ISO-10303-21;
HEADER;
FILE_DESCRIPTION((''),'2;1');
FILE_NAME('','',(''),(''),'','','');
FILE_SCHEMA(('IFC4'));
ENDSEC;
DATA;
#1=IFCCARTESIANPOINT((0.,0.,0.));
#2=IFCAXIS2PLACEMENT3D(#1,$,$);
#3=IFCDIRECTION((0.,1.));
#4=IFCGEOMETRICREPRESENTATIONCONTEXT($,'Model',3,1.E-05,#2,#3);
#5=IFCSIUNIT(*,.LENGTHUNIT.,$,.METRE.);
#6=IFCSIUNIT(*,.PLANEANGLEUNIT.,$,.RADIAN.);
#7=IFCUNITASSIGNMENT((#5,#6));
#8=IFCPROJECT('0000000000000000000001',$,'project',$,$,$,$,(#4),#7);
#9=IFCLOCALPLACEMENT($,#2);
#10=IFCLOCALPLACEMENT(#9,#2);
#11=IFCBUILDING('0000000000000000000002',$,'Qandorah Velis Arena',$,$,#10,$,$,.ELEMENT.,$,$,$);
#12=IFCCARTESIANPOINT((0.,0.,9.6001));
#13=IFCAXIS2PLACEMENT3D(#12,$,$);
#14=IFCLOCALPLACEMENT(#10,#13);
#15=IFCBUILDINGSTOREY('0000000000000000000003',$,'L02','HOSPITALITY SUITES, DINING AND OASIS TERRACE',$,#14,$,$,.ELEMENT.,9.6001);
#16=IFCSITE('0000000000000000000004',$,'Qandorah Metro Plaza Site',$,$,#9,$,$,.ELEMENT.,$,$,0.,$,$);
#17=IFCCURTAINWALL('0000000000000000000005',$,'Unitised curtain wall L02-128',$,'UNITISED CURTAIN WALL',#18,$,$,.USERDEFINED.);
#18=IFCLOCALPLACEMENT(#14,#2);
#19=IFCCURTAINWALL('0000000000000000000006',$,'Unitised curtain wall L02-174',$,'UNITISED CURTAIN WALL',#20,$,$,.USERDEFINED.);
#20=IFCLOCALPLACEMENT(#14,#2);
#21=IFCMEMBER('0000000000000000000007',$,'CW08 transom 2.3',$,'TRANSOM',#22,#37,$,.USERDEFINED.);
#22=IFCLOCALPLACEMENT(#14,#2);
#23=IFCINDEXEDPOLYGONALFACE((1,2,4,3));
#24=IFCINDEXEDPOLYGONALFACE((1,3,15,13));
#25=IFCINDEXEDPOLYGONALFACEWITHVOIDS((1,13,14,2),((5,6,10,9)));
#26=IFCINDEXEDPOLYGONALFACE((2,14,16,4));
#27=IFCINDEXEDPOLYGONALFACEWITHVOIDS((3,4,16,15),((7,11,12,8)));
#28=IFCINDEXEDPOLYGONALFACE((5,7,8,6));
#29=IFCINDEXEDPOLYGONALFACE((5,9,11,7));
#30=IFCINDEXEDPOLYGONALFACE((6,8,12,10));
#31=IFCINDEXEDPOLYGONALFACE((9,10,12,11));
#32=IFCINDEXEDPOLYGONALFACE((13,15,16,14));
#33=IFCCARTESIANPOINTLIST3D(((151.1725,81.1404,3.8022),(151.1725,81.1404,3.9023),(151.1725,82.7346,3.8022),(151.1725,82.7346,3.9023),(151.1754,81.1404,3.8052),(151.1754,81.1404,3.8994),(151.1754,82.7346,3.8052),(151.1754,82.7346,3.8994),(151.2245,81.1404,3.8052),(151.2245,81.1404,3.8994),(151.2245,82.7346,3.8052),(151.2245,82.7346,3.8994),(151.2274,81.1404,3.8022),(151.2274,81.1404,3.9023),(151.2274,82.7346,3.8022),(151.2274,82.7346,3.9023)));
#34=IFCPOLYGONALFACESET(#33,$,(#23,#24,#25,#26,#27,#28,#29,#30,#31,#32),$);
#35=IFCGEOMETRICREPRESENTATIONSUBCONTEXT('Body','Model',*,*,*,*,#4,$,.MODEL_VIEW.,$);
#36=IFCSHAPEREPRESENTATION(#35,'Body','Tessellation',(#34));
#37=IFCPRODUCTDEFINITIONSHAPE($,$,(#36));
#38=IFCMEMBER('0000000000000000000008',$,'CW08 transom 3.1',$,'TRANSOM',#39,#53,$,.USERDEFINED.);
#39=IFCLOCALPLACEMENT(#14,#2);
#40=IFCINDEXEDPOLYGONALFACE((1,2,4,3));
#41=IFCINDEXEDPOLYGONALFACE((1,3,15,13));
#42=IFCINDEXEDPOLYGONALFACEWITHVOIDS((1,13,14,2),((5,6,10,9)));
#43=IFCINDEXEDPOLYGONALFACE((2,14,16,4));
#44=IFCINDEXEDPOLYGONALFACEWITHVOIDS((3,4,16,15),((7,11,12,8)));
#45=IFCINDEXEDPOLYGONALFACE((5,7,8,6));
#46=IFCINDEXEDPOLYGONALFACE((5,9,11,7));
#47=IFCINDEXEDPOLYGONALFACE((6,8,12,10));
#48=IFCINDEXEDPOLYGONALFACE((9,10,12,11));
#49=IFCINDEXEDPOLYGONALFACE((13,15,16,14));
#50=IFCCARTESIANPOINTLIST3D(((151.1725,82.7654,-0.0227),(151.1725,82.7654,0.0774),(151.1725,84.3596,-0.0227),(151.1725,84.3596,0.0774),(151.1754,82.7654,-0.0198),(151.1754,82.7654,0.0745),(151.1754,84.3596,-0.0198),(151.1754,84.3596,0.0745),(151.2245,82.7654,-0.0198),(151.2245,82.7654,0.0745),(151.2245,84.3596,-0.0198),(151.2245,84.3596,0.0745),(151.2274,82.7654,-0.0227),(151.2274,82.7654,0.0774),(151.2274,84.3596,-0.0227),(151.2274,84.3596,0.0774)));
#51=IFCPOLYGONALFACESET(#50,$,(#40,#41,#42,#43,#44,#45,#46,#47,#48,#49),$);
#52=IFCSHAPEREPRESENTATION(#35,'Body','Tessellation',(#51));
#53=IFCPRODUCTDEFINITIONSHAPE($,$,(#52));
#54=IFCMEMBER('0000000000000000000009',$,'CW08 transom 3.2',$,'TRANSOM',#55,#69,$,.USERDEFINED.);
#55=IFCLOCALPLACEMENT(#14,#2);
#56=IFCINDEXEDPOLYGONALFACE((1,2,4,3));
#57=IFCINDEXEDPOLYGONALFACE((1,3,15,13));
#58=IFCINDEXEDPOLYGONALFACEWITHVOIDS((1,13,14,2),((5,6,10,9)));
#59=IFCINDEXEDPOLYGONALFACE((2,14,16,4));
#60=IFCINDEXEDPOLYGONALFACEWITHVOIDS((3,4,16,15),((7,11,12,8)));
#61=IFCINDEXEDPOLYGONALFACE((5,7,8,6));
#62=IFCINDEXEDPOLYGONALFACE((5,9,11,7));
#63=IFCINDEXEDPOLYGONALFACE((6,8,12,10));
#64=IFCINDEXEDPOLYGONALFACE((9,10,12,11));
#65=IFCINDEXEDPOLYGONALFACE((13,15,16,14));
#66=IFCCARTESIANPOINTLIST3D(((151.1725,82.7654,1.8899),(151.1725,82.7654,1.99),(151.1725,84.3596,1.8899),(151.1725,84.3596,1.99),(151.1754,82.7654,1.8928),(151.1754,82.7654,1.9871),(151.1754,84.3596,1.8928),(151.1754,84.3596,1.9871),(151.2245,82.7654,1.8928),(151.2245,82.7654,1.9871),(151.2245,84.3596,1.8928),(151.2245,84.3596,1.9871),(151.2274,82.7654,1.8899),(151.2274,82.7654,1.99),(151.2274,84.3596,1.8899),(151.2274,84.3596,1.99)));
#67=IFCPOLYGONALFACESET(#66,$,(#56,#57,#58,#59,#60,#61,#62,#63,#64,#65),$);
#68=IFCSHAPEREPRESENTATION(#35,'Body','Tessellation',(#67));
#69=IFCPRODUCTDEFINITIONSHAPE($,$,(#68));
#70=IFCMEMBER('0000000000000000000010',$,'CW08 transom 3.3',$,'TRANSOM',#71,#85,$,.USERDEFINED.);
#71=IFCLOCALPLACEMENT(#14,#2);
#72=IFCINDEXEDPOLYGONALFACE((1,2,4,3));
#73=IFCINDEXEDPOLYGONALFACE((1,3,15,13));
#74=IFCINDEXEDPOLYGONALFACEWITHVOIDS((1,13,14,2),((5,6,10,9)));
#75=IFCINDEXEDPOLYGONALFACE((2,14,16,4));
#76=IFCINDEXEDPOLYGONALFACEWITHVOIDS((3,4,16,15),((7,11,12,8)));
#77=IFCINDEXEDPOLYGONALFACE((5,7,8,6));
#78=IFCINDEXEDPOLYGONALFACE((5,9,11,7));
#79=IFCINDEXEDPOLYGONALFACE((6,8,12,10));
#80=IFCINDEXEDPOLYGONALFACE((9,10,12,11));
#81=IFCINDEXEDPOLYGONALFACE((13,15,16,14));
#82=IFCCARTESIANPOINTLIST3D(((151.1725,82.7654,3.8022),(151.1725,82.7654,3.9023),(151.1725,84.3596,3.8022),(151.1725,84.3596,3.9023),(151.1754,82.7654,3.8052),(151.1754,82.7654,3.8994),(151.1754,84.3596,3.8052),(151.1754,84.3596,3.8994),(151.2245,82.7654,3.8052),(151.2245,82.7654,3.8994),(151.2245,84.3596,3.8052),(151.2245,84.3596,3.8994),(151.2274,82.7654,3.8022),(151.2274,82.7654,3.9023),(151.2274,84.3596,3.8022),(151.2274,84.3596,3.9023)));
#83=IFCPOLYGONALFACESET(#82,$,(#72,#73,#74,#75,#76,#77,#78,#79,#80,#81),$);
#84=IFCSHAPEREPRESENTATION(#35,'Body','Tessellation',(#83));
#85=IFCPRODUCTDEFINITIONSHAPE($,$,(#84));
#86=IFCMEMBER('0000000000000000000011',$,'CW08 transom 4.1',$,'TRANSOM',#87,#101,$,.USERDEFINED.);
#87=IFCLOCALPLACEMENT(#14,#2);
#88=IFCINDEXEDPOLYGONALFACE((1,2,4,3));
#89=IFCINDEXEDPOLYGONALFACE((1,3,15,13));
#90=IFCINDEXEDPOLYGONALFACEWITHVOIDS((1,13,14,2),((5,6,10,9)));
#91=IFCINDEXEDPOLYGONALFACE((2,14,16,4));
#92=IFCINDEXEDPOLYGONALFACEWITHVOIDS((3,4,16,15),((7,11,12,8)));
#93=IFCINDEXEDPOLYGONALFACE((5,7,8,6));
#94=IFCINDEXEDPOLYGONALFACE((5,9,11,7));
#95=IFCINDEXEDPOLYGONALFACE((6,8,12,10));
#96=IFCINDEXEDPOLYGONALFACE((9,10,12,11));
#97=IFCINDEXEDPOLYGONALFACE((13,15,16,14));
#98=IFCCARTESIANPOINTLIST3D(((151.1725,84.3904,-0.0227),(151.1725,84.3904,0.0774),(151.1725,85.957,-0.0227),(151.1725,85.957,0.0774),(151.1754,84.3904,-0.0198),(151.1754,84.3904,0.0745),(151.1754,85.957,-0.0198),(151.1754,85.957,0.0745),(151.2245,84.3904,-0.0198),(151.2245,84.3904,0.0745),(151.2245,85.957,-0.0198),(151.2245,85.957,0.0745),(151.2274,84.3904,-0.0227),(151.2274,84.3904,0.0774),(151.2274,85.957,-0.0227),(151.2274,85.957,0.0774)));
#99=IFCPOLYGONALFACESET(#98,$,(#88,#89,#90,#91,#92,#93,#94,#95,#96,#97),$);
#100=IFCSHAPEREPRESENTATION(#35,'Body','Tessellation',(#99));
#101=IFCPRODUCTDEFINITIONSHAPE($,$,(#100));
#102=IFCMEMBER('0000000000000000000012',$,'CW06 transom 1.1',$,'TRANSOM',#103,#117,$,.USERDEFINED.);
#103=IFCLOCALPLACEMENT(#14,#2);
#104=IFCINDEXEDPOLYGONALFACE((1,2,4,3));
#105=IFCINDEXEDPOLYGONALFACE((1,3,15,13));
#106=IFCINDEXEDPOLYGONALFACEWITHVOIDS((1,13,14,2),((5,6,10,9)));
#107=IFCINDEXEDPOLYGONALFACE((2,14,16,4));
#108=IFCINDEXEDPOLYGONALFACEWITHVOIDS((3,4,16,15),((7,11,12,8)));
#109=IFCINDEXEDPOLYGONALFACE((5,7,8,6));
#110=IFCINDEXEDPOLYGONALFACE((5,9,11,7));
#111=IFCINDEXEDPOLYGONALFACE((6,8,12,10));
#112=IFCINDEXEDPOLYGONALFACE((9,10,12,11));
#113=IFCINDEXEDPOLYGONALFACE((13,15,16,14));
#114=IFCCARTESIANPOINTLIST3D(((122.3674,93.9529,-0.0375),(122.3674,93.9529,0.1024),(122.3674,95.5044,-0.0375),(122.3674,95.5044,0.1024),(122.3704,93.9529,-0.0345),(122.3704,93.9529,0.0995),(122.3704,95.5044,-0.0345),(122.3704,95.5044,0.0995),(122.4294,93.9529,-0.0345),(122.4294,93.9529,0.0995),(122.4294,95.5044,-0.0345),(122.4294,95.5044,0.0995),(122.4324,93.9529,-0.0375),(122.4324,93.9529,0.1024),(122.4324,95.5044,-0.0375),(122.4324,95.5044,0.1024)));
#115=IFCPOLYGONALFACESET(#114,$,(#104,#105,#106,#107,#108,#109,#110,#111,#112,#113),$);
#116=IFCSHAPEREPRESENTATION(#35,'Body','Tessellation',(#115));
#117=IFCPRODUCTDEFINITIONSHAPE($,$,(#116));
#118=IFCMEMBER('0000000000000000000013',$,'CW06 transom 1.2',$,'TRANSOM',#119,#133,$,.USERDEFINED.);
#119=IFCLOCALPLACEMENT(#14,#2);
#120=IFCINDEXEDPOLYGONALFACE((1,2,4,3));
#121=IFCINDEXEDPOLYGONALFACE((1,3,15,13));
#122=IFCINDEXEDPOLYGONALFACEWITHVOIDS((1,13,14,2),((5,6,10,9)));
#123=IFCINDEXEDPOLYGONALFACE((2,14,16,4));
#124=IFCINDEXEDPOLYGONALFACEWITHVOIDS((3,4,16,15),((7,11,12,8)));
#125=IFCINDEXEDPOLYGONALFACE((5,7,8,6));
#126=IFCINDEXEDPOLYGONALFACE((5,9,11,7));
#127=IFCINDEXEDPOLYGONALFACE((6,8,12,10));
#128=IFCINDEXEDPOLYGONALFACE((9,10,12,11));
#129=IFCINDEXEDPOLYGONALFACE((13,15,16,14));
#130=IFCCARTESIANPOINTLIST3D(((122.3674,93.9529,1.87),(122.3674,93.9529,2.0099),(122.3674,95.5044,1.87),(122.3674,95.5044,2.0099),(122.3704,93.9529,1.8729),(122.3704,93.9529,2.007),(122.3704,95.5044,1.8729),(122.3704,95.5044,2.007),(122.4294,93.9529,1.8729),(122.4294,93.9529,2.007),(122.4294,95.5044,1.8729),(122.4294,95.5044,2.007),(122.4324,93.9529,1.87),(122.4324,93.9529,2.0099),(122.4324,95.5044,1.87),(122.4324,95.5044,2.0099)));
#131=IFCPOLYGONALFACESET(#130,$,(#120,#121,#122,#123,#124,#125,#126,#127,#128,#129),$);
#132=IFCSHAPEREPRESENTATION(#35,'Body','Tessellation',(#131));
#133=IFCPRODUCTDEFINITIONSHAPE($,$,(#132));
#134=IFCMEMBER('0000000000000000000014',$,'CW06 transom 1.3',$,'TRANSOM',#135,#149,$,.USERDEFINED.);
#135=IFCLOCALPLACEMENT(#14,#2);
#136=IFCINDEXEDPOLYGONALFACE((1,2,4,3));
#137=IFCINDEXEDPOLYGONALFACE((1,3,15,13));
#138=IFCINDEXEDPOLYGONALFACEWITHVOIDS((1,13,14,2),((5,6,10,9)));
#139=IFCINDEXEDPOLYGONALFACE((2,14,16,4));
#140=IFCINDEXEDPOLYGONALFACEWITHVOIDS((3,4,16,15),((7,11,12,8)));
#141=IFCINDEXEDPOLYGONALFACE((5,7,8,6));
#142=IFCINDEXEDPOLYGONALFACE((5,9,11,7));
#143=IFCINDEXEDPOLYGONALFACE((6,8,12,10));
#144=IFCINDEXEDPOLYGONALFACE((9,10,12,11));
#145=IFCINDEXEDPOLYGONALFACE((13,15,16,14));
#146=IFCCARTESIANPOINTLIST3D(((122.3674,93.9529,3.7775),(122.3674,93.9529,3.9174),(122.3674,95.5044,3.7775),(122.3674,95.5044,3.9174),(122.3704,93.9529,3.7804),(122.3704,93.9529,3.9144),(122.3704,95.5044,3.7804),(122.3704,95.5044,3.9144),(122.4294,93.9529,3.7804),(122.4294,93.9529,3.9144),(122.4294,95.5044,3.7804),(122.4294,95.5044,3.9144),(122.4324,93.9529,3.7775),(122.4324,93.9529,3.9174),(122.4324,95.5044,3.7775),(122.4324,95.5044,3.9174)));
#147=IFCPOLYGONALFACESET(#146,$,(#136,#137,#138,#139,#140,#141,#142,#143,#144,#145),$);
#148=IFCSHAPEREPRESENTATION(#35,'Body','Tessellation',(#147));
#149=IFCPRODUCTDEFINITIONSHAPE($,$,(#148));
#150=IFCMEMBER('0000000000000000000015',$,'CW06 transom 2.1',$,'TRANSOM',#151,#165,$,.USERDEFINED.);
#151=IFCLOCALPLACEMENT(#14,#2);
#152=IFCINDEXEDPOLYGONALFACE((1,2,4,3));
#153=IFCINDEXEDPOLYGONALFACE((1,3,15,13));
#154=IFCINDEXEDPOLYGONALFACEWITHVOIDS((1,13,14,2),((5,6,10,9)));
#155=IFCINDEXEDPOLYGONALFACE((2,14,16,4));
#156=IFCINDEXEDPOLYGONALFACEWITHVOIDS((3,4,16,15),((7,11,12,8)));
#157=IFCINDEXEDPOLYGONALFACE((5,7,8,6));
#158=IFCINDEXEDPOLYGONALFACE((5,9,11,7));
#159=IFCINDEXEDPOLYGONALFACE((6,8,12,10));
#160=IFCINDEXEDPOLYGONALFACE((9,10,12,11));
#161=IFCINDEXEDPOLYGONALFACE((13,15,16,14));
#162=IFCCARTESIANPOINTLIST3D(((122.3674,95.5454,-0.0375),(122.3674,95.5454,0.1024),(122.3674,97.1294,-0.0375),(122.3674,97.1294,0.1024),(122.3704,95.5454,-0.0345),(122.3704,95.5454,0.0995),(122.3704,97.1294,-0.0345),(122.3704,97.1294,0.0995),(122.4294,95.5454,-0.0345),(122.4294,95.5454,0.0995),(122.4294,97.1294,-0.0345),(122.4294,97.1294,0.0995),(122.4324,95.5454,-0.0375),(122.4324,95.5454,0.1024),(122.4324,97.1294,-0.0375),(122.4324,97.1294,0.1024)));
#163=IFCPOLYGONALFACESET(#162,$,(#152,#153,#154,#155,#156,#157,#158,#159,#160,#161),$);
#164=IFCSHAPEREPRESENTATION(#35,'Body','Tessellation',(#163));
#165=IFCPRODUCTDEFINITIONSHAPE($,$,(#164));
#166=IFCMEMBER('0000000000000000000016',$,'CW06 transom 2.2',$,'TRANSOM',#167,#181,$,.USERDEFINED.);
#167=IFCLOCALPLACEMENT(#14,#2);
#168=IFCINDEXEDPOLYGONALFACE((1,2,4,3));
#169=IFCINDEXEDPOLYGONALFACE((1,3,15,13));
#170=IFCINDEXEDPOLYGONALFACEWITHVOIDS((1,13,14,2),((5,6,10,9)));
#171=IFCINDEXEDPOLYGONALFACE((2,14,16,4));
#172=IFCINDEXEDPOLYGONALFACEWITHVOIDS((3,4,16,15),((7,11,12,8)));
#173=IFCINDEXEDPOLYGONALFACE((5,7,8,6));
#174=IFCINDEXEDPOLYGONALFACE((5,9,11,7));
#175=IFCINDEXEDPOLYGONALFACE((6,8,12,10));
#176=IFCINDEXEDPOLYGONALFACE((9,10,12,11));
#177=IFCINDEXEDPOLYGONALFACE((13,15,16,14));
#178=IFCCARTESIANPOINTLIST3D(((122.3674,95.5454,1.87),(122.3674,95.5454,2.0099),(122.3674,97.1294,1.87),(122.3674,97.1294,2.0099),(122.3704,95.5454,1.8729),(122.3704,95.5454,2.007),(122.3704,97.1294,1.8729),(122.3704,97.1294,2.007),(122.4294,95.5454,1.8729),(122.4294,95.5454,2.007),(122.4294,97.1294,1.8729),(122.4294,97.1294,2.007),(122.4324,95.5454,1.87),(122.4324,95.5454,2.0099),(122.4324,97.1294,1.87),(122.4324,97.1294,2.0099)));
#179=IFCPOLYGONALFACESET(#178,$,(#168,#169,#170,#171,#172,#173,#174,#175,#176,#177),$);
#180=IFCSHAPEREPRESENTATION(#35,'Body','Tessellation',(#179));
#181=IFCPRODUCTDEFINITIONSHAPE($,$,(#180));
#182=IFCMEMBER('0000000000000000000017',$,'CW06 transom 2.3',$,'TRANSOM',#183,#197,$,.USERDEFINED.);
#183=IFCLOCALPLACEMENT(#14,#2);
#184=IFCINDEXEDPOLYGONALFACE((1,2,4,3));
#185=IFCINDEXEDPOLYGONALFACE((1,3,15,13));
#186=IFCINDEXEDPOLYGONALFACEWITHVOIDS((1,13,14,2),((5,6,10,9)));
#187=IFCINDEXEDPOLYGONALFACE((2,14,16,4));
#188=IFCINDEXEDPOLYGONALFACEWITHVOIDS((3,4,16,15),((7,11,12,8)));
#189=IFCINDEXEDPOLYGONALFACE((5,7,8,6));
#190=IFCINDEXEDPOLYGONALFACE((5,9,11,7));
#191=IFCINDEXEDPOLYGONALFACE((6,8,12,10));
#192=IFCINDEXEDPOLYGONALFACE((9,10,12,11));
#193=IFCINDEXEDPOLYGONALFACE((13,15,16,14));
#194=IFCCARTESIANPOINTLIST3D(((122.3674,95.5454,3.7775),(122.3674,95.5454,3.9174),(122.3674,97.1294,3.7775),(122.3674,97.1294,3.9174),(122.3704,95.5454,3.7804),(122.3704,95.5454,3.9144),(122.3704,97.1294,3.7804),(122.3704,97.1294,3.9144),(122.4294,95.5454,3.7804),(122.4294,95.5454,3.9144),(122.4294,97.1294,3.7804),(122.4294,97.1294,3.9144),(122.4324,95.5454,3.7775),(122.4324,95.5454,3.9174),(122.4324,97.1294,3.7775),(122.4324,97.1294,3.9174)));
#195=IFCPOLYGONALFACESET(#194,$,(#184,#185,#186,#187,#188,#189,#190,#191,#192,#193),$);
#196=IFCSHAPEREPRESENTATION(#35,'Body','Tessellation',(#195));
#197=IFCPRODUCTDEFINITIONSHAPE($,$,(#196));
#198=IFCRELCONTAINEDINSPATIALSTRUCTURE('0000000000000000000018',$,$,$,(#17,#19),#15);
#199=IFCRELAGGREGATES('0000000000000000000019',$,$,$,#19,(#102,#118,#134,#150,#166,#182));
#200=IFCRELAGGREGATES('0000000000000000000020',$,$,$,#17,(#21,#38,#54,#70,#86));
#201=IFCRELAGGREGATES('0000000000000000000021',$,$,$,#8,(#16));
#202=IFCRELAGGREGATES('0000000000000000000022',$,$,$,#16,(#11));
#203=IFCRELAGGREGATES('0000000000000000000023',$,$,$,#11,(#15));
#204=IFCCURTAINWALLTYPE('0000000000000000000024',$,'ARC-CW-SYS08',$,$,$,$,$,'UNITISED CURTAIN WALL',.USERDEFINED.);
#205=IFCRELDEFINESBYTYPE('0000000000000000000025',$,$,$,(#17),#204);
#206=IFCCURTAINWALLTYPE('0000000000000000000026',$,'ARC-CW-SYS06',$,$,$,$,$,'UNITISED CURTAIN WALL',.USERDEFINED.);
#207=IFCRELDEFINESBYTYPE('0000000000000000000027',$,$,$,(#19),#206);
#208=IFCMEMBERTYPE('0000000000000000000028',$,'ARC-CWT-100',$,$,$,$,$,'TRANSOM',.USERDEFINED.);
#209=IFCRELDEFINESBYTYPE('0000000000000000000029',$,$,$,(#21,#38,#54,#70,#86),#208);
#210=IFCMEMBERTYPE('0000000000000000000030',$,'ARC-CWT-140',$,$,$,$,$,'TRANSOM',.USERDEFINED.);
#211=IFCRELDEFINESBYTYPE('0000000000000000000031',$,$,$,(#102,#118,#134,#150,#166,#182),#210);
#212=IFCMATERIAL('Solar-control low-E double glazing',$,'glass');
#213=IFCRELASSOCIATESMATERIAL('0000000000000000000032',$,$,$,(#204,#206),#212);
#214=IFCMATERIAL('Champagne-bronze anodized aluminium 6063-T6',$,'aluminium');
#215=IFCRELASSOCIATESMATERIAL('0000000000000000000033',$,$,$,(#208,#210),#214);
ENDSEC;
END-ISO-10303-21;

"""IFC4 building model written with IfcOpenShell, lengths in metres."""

from ifc_helpers import new_model, si_unit, direction, frame, origin, origin_2d, place, context, subcontext, project, spatial, hollow_rectangle, extrude, material, material_profile, profile_set, type_object, element, aggregate, save


model = new_model("IFC4")

# Units and contexts
model_context = context("Model", 3, precision=1e-05, world=origin(), true_north=direction((0.0, 1.0)))
body_context = subcontext(model_context, "Body", "Model", "MODEL_VIEW")
ifc_project = project(units=[si_unit("LENGTHUNIT", "METRE"), si_unit("PLANEANGLEUNIT", "RADIAN")], contexts=[model_context])

# Site, building, storey
site_placement = place(None, origin())
site = spatial("IfcSite", under=ifc_project, at=site_placement, Name="Qandorah Metro Plaza Site", CompositionType="ELEMENT", RefElevation=0.0)
building_placement = place(site_placement, origin())
building = spatial("IfcBuilding", under=site, at=building_placement, Name="Qandorah Velis Arena", CompositionType="ELEMENT")
storey_placement = place(building_placement, frame((0.0, 0.0, 9.6001)))
storey = spatial("IfcBuildingStorey", under=building, at=storey_placement, Name="L02", Description="HOSPITALITY SUITES, DINING AND OASIS TERRACE", CompositionType="ELEMENT", Elevation=9.6001)

# Curtain walls
ifc_material_1 = material(Name="Solar-control low-E double glazing", Category="glass")
curtain_wall_type_1 = type_object("IfcCurtainWallType", Name="ARC-CW-SYS08", ElementType="UNITISED CURTAIN WALL", PredefinedType="USERDEFINED", material=ifc_material_1)
curtain_wall_1_placement = place(storey_placement, origin())
curtain_wall_1 = element("IfcCurtainWall", 1, at=curtain_wall_1_placement, inside=storey, type_object=curtain_wall_type_1, Name="Unitised curtain wall L02-128", ObjectType="UNITISED CURTAIN WALL", PredefinedType="USERDEFINED")
ifc_material_2 = material(Name="Champagne-bronze anodized aluminium 6063-T6", Category="aluminium")
curtain_wall_type_2 = type_object("IfcCurtainWallType", Name="ARC-CW-SYS06", ElementType="UNITISED CURTAIN WALL", PredefinedType="USERDEFINED", material=ifc_material_1)
curtain_wall_2_placement = place(storey_placement, origin())
curtain_wall_2 = element("IfcCurtainWall", 2, at=curtain_wall_2_placement, inside=storey, type_object=curtain_wall_type_2, Name="Unitised curtain wall L02-174", ObjectType="UNITISED CURTAIN WALL", PredefinedType="USERDEFINED")

# Members
ifc_material_profile_1 = material_profile(ifc_material_2, hollow_rectangle(XDim=0.0549, YDim=0.1001, WallThickness=0.0029, at=origin_2d()), Name="ALU TRANSOM 55x100")
ifc_profile_set_1 = profile_set([ifc_material_profile_1], Name="Champagne-bronze anodized aluminium 6063-T6")
member_type_1 = type_object("IfcMemberType", Name="ARC-CWT-100", ElementType="TRANSOM", PredefinedType="USERDEFINED", material=ifc_profile_set_1)
member_1_placement = place(storey_placement, frame((151.2, 81.1404, 3.8523), z_axis=(0.0, 1.0, 0.0), x_axis=(-1.0, 0.0, 0.0)))
member_1 = element("IfcMember", 3, at=member_1_placement, type_object=member_type_1, Name="CW08 transom 2.3", ObjectType="TRANSOM", PredefinedType="USERDEFINED", context=body_context, shape_type="SweptSolid", body=[
    extrude(hollow_rectangle(XDim=0.0549, YDim=0.1001, WallThickness=0.0029, at=origin_2d()), origin(), (0.0, 0.0, 1.0), 1.5942),
])
member_2_placement = place(storey_placement, frame((151.2, 82.7654, 0.0273), z_axis=(0.0, 1.0, 0.0), x_axis=(-1.0, 0.0, 0.0)))
member_2 = element("IfcMember", 4, at=member_2_placement, type_object=member_type_1, Name="CW08 transom 3.1", ObjectType="TRANSOM", PredefinedType="USERDEFINED", context=body_context, shape_type="SweptSolid", body=[
    extrude(hollow_rectangle(XDim=0.0549, YDim=0.1001, WallThickness=0.0029, at=origin_2d()), origin(), (0.0, 0.0, 1.0), 1.5942),
])
member_3_placement = place(storey_placement, frame((151.2, 82.7654, 1.9399), z_axis=(0.0, 1.0, 0.0), x_axis=(-1.0, 0.0, 0.0)))
member_3 = element("IfcMember", 5, at=member_3_placement, type_object=member_type_1, Name="CW08 transom 3.2", ObjectType="TRANSOM", PredefinedType="USERDEFINED", context=body_context, shape_type="SweptSolid", body=[
    extrude(hollow_rectangle(XDim=0.0549, YDim=0.1001, WallThickness=0.0029, at=origin_2d()), origin(), (0.0, 0.0, 1.0), 1.5942),
])
member_4_placement = place(storey_placement, frame((151.2, 82.7654, 3.8523), z_axis=(0.0, 1.0, 0.0), x_axis=(-1.0, 0.0, 0.0)))
member_4 = element("IfcMember", 6, at=member_4_placement, type_object=member_type_1, Name="CW08 transom 3.3", ObjectType="TRANSOM", PredefinedType="USERDEFINED", context=body_context, shape_type="SweptSolid", body=[
    extrude(hollow_rectangle(XDim=0.0549, YDim=0.1001, WallThickness=0.0029, at=origin_2d()), origin(), (0.0, 0.0, 1.0), 1.5942),
])
member_5_placement = place(storey_placement, frame((151.2, 84.3904, 0.0273), z_axis=(0.0, 1.0, 0.0), x_axis=(-1.0, 0.0, 0.0)))
member_5 = element("IfcMember", 7, at=member_5_placement, type_object=member_type_1, Name="CW08 transom 4.1", ObjectType="TRANSOM", PredefinedType="USERDEFINED", context=body_context, shape_type="SweptSolid", body=[
    extrude(hollow_rectangle(XDim=0.0549, YDim=0.1001, WallThickness=0.0029, at=origin_2d()), origin(), (0.0, 0.0, 1.0), 1.5667),
])
ifc_material_profile_2 = material_profile(ifc_material_2, hollow_rectangle(XDim=0.0649, YDim=0.1399, WallThickness=0.0029, at=origin_2d()), Name="ALU TRANSOM 65x140")
ifc_profile_set_2 = profile_set([ifc_material_profile_2], Name="Champagne-bronze anodized aluminium 6063-T6")
member_type_2 = type_object("IfcMemberType", Name="ARC-CWT-140", ElementType="TRANSOM", PredefinedType="USERDEFINED", material=ifc_profile_set_2)
member_6_placement = place(storey_placement, frame((122.3999, 93.9529, 0.0325), z_axis=(0.0, 1.0, 0.0), x_axis=(-1.0, 0.0, 0.0)))
member_6 = element("IfcMember", 8, at=member_6_placement, type_object=member_type_2, Name="CW06 transom 1.1", ObjectType="TRANSOM", PredefinedType="USERDEFINED", context=body_context, shape_type="SweptSolid", body=[
    extrude(hollow_rectangle(XDim=0.0649, YDim=0.1399, WallThickness=0.0029, at=origin_2d()), origin(), (0.0, 0.0, 1.0), 1.5515),
])
member_7_placement = place(storey_placement, frame((122.3999, 93.9529, 1.9399), z_axis=(0.0, 1.0, 0.0), x_axis=(-1.0, 0.0, 0.0)))
member_7 = element("IfcMember", 9, at=member_7_placement, type_object=member_type_2, Name="CW06 transom 1.2", ObjectType="TRANSOM", PredefinedType="USERDEFINED", context=body_context, shape_type="SweptSolid", body=[
    extrude(hollow_rectangle(XDim=0.0649, YDim=0.1399, WallThickness=0.0029, at=origin_2d()), origin(), (0.0, 0.0, 1.0), 1.5515),
])
member_8_placement = place(storey_placement, frame((122.3999, 93.9529, 3.8474), z_axis=(0.0, 1.0, 0.0), x_axis=(-1.0, 0.0, 0.0)))
member_8 = element("IfcMember", 10, at=member_8_placement, type_object=member_type_2, Name="CW06 transom 1.3", ObjectType="TRANSOM", PredefinedType="USERDEFINED", context=body_context, shape_type="SweptSolid", body=[
    extrude(hollow_rectangle(XDim=0.0649, YDim=0.1399, WallThickness=0.0029, at=origin_2d()), origin(), (0.0, 0.0, 1.0), 1.5515),
])
member_9_placement = place(storey_placement, frame((122.3999, 95.5454, 0.0325), z_axis=(0.0, 1.0, 0.0), x_axis=(-1.0, 0.0, 0.0)))
member_9 = element("IfcMember", 11, at=member_9_placement, type_object=member_type_2, Name="CW06 transom 2.1", ObjectType="TRANSOM", PredefinedType="USERDEFINED", context=body_context, shape_type="SweptSolid", body=[
    extrude(hollow_rectangle(XDim=0.0649, YDim=0.1399, WallThickness=0.0029, at=origin_2d()), origin(), (0.0, 0.0, 1.0), 1.584),
])
member_10_placement = place(storey_placement, frame((122.3999, 95.5454, 1.9399), z_axis=(0.0, 1.0, 0.0), x_axis=(-1.0, 0.0, 0.0)))
member_10 = element("IfcMember", 12, at=member_10_placement, type_object=member_type_2, Name="CW06 transom 2.2", ObjectType="TRANSOM", PredefinedType="USERDEFINED", context=body_context, shape_type="SweptSolid", body=[
    extrude(hollow_rectangle(XDim=0.0649, YDim=0.1399, WallThickness=0.0029, at=origin_2d()), origin(), (0.0, 0.0, 1.0), 1.584),
])
member_11_placement = place(storey_placement, frame((122.3999, 95.5454, 3.8474), z_axis=(0.0, 1.0, 0.0), x_axis=(-1.0, 0.0, 0.0)))
member_11 = element("IfcMember", 13, at=member_11_placement, type_object=member_type_2, Name="CW06 transom 2.3", ObjectType="TRANSOM", PredefinedType="USERDEFINED", context=body_context, shape_type="SweptSolid", body=[
    extrude(hollow_rectangle(XDim=0.0649, YDim=0.1399, WallThickness=0.0029, at=origin_2d()), origin(), (0.0, 0.0, 1.0), 1.584),
])

aggregate(curtain_wall_2, [member_6, member_7, member_8, member_9, member_10, member_11])
aggregate(curtain_wall_1, [member_1, member_2, member_3, member_4, member_5])

save(model, "model.ifc")
